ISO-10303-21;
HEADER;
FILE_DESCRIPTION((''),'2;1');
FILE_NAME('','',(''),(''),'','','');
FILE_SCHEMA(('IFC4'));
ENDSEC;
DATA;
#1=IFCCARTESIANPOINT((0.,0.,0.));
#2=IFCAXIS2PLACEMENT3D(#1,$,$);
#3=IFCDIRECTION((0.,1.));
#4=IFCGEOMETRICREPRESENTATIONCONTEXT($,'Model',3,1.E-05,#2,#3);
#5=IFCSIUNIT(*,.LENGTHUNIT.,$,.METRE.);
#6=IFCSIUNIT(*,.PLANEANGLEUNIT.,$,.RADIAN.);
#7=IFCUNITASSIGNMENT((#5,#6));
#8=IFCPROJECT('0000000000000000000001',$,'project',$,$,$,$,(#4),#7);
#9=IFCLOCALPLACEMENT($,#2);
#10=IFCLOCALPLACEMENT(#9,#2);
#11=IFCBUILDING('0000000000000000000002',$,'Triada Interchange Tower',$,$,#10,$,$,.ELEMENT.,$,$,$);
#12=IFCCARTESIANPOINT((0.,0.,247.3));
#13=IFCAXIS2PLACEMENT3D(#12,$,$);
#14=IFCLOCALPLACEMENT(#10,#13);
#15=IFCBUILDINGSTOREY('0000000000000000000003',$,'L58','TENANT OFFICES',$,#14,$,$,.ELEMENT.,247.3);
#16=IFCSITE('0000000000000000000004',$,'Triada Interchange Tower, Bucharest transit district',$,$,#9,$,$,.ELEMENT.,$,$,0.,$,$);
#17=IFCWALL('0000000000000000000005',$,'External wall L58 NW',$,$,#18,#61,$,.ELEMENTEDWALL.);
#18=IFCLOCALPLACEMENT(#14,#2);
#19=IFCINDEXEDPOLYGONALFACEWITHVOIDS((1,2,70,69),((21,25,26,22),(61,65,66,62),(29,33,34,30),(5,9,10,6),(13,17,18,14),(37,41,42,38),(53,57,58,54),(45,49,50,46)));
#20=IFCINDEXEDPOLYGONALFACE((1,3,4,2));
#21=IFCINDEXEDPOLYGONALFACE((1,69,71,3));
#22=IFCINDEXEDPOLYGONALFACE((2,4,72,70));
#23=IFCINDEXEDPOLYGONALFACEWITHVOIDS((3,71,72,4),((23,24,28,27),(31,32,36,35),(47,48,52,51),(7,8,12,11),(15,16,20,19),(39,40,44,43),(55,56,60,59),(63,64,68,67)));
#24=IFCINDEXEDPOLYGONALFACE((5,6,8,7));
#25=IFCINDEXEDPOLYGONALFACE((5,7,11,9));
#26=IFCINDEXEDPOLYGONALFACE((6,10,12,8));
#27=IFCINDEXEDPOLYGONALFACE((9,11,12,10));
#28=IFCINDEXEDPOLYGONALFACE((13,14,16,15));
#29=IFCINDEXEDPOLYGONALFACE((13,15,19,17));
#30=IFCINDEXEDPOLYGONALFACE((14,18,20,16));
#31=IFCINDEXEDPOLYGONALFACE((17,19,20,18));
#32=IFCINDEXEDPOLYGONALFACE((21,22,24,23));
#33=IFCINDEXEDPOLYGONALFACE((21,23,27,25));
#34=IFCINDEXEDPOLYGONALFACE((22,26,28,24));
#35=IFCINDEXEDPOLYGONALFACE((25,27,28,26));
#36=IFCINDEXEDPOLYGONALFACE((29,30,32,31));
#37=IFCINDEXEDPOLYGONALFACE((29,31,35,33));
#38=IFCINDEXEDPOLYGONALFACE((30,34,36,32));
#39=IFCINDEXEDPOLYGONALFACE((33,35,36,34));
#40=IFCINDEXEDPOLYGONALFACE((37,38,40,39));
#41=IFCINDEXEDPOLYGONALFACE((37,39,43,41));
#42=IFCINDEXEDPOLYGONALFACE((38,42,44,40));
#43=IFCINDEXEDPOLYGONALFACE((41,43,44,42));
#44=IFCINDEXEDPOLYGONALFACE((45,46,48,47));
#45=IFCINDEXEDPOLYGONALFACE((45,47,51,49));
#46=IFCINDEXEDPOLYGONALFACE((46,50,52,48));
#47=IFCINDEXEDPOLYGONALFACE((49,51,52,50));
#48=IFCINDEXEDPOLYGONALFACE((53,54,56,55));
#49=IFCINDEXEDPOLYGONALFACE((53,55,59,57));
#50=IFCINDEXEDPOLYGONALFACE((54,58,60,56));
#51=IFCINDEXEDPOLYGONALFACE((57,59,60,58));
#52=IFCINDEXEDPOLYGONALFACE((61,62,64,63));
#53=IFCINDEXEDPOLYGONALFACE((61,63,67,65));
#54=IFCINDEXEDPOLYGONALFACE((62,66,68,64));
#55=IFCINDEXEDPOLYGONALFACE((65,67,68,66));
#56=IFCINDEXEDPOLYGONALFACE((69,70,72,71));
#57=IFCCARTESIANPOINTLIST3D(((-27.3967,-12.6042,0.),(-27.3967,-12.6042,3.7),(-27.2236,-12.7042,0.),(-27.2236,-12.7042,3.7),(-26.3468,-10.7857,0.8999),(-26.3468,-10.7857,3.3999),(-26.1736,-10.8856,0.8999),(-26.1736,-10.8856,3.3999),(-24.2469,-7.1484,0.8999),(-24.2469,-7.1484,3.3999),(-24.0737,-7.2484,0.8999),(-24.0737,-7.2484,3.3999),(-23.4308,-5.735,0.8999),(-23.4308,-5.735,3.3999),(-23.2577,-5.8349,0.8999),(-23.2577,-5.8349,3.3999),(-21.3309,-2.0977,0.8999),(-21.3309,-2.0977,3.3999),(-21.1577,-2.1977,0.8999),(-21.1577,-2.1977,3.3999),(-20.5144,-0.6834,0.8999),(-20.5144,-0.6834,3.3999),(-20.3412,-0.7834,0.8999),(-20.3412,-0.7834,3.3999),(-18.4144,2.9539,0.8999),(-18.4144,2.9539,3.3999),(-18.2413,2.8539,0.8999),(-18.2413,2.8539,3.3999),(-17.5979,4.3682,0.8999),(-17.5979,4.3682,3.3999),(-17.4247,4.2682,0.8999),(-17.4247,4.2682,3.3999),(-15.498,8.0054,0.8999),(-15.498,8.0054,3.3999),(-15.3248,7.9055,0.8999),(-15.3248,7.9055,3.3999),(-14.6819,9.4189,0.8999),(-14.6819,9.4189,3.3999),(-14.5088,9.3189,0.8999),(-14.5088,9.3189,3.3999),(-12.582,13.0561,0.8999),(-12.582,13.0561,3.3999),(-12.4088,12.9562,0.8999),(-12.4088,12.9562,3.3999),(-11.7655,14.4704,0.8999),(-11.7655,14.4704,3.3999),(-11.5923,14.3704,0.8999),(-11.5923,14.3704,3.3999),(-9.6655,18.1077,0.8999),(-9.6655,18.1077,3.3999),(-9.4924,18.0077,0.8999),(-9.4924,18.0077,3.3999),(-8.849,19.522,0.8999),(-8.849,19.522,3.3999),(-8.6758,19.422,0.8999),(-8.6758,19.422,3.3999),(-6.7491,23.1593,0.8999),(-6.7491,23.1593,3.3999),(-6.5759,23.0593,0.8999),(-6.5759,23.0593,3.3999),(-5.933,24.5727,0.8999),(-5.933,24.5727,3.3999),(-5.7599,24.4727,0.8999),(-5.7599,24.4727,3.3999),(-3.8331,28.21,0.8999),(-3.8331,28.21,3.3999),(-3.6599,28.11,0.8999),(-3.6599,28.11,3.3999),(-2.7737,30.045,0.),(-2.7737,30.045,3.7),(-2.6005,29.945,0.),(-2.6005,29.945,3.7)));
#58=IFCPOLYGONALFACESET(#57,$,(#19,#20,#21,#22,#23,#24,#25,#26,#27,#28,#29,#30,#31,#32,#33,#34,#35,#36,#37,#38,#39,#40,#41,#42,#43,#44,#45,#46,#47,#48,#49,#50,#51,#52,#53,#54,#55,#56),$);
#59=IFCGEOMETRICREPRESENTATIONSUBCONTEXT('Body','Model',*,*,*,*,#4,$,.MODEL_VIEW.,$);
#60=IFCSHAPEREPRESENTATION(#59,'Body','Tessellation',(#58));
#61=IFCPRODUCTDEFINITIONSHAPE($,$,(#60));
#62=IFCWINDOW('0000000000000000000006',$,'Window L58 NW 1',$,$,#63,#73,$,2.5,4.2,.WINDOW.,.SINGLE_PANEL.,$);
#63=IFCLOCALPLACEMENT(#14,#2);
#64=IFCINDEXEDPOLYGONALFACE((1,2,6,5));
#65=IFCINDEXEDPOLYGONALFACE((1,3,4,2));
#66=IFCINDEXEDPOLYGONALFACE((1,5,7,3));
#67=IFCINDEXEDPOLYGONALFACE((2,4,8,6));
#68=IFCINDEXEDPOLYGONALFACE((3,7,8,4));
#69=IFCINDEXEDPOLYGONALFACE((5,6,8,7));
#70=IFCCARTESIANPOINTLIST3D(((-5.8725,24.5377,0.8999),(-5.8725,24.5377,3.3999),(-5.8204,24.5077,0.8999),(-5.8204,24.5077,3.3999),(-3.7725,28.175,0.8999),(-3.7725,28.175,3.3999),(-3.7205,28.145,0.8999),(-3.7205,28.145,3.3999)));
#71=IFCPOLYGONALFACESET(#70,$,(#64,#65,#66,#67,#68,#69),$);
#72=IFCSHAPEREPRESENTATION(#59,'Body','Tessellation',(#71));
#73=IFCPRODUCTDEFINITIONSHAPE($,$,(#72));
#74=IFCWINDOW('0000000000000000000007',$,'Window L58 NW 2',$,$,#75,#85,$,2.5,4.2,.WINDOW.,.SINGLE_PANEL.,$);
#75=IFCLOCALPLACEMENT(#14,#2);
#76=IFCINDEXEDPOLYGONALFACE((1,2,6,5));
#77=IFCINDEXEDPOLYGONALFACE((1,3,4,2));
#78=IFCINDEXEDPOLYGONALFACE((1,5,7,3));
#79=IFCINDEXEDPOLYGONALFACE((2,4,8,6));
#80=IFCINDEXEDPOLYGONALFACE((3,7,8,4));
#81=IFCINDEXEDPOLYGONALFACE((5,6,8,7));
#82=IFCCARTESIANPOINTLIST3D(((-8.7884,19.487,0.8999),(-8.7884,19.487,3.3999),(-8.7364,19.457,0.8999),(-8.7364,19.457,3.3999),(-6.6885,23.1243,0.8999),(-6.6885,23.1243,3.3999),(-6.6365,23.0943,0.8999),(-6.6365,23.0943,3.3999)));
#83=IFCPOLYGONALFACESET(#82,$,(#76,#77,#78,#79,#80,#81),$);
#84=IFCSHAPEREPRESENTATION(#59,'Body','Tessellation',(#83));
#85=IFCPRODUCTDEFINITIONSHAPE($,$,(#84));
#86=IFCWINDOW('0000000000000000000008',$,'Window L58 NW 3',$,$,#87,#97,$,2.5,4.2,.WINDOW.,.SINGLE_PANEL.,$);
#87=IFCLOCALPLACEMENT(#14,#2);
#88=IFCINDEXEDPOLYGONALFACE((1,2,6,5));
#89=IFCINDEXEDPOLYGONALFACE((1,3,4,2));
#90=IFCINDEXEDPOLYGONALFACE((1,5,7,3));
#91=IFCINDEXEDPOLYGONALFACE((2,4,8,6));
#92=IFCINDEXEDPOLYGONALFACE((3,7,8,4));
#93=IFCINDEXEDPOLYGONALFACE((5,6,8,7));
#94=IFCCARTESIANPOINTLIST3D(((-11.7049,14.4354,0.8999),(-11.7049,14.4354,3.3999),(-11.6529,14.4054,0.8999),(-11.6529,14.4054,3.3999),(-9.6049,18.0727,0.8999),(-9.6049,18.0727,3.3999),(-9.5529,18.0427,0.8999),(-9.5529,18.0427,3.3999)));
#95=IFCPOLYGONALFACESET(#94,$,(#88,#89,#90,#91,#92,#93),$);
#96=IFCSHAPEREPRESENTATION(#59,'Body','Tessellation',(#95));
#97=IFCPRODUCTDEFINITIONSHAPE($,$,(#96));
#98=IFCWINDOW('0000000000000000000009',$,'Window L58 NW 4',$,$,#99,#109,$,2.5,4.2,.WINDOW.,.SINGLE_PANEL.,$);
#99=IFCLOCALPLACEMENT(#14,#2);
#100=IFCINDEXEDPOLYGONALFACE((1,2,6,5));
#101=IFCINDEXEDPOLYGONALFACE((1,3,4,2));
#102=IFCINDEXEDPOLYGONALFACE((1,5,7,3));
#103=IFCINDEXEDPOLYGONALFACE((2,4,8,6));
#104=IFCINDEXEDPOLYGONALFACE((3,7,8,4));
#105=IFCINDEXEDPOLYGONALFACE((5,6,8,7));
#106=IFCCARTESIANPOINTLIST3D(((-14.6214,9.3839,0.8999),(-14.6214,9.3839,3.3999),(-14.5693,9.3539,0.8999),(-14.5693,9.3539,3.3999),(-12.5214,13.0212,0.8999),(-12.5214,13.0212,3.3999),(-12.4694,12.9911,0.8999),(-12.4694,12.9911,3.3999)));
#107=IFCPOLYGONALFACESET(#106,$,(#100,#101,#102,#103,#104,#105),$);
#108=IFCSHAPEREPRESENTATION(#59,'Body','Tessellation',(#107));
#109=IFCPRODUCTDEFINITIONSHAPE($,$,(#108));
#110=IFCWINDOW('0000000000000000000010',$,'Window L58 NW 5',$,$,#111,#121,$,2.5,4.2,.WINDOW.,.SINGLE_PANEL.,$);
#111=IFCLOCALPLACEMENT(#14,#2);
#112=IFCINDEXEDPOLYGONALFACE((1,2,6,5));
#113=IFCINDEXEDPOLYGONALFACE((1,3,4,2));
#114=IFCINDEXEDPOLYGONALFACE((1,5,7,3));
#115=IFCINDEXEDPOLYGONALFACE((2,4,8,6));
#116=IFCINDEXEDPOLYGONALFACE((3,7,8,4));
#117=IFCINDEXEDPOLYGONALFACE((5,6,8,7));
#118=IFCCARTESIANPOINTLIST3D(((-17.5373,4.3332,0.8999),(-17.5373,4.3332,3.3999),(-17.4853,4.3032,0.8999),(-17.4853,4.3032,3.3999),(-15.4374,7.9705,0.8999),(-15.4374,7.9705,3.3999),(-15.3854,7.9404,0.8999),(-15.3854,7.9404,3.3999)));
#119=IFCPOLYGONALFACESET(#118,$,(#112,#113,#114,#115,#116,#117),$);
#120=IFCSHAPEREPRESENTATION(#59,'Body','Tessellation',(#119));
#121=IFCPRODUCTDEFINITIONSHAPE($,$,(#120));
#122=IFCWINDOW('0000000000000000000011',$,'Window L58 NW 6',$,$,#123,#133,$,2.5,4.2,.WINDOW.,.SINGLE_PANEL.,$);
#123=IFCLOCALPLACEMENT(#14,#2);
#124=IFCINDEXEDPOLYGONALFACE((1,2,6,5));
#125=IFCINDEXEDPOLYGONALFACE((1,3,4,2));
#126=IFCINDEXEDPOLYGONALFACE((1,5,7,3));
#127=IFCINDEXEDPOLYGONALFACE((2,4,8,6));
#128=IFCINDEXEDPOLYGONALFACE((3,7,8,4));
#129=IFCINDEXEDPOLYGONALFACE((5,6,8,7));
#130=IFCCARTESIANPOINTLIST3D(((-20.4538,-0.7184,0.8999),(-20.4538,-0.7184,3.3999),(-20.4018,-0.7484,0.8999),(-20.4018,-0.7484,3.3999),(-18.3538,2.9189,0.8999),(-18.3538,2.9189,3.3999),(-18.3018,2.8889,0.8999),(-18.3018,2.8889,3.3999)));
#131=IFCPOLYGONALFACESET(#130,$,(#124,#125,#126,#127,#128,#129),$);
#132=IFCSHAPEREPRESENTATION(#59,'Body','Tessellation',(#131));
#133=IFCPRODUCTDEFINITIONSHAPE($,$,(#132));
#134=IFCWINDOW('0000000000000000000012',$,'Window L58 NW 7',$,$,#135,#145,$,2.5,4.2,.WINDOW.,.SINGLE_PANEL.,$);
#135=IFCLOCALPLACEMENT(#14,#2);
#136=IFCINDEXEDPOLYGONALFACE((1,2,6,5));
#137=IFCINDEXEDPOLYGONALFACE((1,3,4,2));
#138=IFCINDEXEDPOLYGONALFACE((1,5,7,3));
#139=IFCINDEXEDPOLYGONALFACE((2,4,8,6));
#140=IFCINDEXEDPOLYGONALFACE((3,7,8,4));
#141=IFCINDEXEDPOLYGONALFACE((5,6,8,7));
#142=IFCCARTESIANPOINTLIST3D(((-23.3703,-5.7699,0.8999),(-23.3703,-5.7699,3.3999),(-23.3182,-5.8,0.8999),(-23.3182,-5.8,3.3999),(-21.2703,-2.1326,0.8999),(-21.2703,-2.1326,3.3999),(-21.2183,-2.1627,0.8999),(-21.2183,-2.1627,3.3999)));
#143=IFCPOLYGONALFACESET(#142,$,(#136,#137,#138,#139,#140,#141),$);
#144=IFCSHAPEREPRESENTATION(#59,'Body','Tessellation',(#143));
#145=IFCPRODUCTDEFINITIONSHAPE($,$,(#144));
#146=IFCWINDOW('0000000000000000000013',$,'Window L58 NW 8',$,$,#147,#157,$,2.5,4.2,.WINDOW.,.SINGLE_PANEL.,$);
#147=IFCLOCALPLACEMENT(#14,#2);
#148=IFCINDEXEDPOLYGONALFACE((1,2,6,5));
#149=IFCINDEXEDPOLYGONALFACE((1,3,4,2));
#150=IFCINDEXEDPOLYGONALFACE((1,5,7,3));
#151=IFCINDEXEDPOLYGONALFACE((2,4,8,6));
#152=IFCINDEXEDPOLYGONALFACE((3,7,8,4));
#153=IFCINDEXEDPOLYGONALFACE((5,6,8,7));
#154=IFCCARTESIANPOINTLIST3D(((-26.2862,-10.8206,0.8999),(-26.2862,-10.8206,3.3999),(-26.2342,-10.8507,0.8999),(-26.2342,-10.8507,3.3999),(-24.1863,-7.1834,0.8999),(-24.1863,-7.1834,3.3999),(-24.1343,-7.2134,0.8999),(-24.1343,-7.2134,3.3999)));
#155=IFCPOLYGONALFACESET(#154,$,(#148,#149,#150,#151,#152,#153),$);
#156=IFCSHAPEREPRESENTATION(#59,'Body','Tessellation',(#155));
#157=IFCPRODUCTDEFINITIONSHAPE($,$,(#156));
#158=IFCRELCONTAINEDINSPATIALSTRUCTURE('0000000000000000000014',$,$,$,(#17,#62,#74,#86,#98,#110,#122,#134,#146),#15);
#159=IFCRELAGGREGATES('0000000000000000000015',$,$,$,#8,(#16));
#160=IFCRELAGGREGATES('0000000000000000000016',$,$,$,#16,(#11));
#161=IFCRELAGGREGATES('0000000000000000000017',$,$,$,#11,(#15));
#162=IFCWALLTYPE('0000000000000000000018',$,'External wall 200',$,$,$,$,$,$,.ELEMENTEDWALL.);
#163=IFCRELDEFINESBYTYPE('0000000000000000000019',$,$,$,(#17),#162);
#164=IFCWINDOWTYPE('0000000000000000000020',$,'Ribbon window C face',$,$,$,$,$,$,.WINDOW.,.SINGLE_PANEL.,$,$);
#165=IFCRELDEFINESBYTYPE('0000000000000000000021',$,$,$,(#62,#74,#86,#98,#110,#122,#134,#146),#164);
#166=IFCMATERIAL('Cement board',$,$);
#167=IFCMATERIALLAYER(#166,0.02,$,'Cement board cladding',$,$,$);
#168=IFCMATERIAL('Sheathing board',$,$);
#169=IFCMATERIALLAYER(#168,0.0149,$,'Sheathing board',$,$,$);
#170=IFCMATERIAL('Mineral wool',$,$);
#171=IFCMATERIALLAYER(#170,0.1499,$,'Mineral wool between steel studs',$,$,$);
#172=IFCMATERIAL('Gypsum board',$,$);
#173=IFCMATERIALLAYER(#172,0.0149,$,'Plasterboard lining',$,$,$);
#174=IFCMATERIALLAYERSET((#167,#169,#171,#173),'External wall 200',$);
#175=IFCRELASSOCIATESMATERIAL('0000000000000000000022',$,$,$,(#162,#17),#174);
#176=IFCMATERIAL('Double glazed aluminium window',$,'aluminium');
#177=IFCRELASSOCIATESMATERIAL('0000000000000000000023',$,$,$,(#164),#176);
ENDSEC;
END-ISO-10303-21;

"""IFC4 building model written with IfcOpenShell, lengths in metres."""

from ifc_helpers import new_model, si_unit, direction, frame, frame_2d, origin, place, context, subcontext, project, spatial, rectangle, extrude, material, layer, layer_set, layer_usage, type_object, element, fill, save


model = new_model("IFC4")

# Units and contexts
model_context = context("Model", 3, precision=1e-05, world=origin(), true_north=direction((0.0, 1.0)))
body_context = subcontext(model_context, "Body", "Model", "MODEL_VIEW")
ifc_project = project(units=[si_unit("LENGTHUNIT", "METRE"), si_unit("PLANEANGLEUNIT", "RADIAN")], contexts=[model_context])

# Site, building, storey
site_placement = place(None, origin())
site = spatial("IfcSite", under=ifc_project, at=site_placement, Name="Triada Interchange Tower, Bucharest transit district", CompositionType="ELEMENT", RefElevation=0.0)
building_placement = place(site_placement, origin())
building = spatial("IfcBuilding", under=site, at=building_placement, Name="Triada Interchange Tower", CompositionType="ELEMENT")
storey_placement = place(building_placement, frame((0.0, 0.0, 247.3)))
storey = spatial("IfcBuildingStorey", under=building, at=storey_placement, Name="L58", Description="TENANT OFFICES", CompositionType="ELEMENT", Elevation=247.3)

# Wall, openings, windows
ifc_material_1 = material(Name="Cement board")
ifc_layer_1 = layer(ifc_material_1, 0.02, Name="Cement board cladding")
ifc_material_2 = material(Name="Sheathing board")
ifc_layer_2 = layer(ifc_material_2, 0.0149, Name="Sheathing board")
ifc_material_3 = material(Name="Mineral wool")
ifc_layer_3 = layer(ifc_material_3, 0.1499, Name="Mineral wool between steel studs")
ifc_material_4 = material(Name="Gypsum board")
ifc_layer_4 = layer(ifc_material_4, 0.0149, Name="Plasterboard lining")
ifc_layer_set_1 = layer_set([ifc_layer_1, ifc_layer_2, ifc_layer_3, ifc_layer_4], Name="External wall 200")
ifc_layer_usage = layer_usage(ifc_layer_set_1, "AXIS2", "POSITIVE", -0.1001)
wall_type_1 = type_object("IfcWallType", Name="External wall 200", PredefinedType="ELEMENTEDWALL", material=ifc_layer_set_1)
wall_1_placement = place(storey_placement, frame((-2.687, 29.9951, 0.0), z_axis=(0.0, 0.0, 1.0), x_axis=(-0.499993, -0.866029, 0.0)))
wall_1 = element("IfcWall", 1, at=wall_1_placement, inside=storey, type_object=wall_type_1, material=ifc_layer_usage, Name="External wall L58 NW", PredefinedType="ELEMENTEDWALL", context=body_context, shape_type="SweptSolid", body=[
    extrude(rectangle(XDim=49.2468, YDim=0.2, at=frame_2d((24.6235, 0.0))), origin(), (0.0, 0.0, 1.0), 3.7),
])
opening_1_placement = place(wall_1_placement, frame((2.1189, 0.0, 0.8999)))
opening_1 = element("IfcOpeningElement", 2, at=opening_1_placement, cuts=wall_1, PredefinedType="OPENING", context=body_context, shape_type="SweptSolid", body=[
    extrude(rectangle(XDim=4.2, YDim=2.5, at=frame_2d((2.1001, 1.25))), frame((0.0, 0.1099, 0.0), z_axis=(0.0, -1.0, 0.0), x_axis=(1.0, 0.0, 0.0)), (0.0, 0.0, 1.0), 0.22),
])
opening_2_placement = place(wall_1_placement, frame((7.9509, 0.0, 0.8999)))
opening_2 = element("IfcOpeningElement", 3, at=opening_2_placement, cuts=wall_1, PredefinedType="OPENING", context=body_context, shape_type="SweptSolid", body=[
    extrude(rectangle(XDim=4.2, YDim=2.5, at=frame_2d((2.1001, 1.25))), frame((0.0, 0.1099, 0.0), z_axis=(0.0, -1.0, 0.0), x_axis=(1.0, 0.0, 0.0)), (0.0, 0.0, 1.0), 0.22),
])
opening_3_placement = place(wall_1_placement, frame((13.7839, 0.0, 0.8999)))
opening_3 = element("IfcOpeningElement", 4, at=opening_3_placement, cuts=wall_1, PredefinedType="OPENING", context=body_context, shape_type="SweptSolid", body=[
    extrude(rectangle(XDim=4.2, YDim=2.5, at=frame_2d((2.1001, 1.25))), frame((0.0, 0.1099, 0.0), z_axis=(0.0, -1.0, 0.0), x_axis=(1.0, 0.0, 0.0)), (0.0, 0.0, 1.0), 0.22),
])
opening_4_placement = place(wall_1_placement, frame((19.6169, 0.0, 0.8999)))
opening_4 = element("IfcOpeningElement", 5, at=opening_4_placement, cuts=wall_1, PredefinedType="OPENING", context=body_context, shape_type="SweptSolid", body=[
    extrude(rectangle(XDim=4.2, YDim=2.5, at=frame_2d((2.1001, 1.25))), frame((0.0, 0.1099, 0.0), z_axis=(0.0, -1.0, 0.0), x_axis=(1.0, 0.0, 0.0)), (0.0, 0.0, 1.0), 0.22),
])
opening_5_placement = place(wall_1_placement, frame((25.449, 0.0, 0.8999)))
opening_5 = element("IfcOpeningElement", 6, at=opening_5_placement, cuts=wall_1, PredefinedType="OPENING", context=body_context, shape_type="SweptSolid", body=[
    extrude(rectangle(XDim=4.2, YDim=2.5, at=frame_2d((2.1001, 1.25))), frame((0.0, 0.1099, 0.0), z_axis=(0.0, -1.0, 0.0), x_axis=(1.0, 0.0, 0.0)), (0.0, 0.0, 1.0), 0.22),
])
opening_6_placement = place(wall_1_placement, frame((31.282, 0.0, 0.8999)))
opening_6 = element("IfcOpeningElement", 7, at=opening_6_placement, cuts=wall_1, PredefinedType="OPENING", context=body_context, shape_type="SweptSolid", body=[
    extrude(rectangle(XDim=4.2, YDim=2.5, at=frame_2d((2.1001, 1.25))), frame((0.0, 0.1099, 0.0), z_axis=(0.0, -1.0, 0.0), x_axis=(1.0, 0.0, 0.0)), (0.0, 0.0, 1.0), 0.22),
])
opening_7_placement = place(wall_1_placement, frame((37.115, 0.0, 0.8999)))
opening_7 = element("IfcOpeningElement", 8, at=opening_7_placement, cuts=wall_1, PredefinedType="OPENING", context=body_context, shape_type="SweptSolid", body=[
    extrude(rectangle(XDim=4.2, YDim=2.5, at=frame_2d((2.1001, 1.25))), frame((0.0, 0.1099, 0.0), z_axis=(0.0, -1.0, 0.0), x_axis=(1.0, 0.0, 0.0)), (0.0, 0.0, 1.0), 0.22),
])
opening_8_placement = place(wall_1_placement, frame((42.947, 0.0, 0.8999)))
opening_8 = element("IfcOpeningElement", 9, at=opening_8_placement, cuts=wall_1, PredefinedType="OPENING", context=body_context, shape_type="SweptSolid", body=[
    extrude(rectangle(XDim=4.2, YDim=2.5, at=frame_2d((2.1001, 1.25))), frame((0.0, 0.1099, 0.0), z_axis=(0.0, -1.0, 0.0), x_axis=(1.0, 0.0, 0.0)), (0.0, 0.0, 1.0), 0.22),
])
ifc_material_5 = material(Name="Double glazed aluminium window", Category="aluminium")
window_type = type_object("IfcWindowType", Name="Ribbon window C face", PartitioningType="SINGLE_PANEL", PredefinedType="WINDOW", material=ifc_material_5)
window_1_placement = place(opening_1_placement, origin())
window_1 = element("IfcWindow", 10, at=window_1_placement, inside=storey, type_object=window_type, Name="Window L58 NW 1", OverallHeight=2.5, OverallWidth=4.2, PartitioningType="SINGLE_PANEL", PredefinedType="WINDOW", context=body_context, shape_type="SweptSolid", body=[
    extrude(rectangle(XDim=4.2, YDim=2.5, at=frame_2d((2.1001, 1.25))), frame((0.0, 0.03, 0.0), z_axis=(0.0, -1.0, 0.0), x_axis=(1.0, 0.0, 0.0)), (0.0, 0.0, 1.0), 0.0601),
])
fill(opening_1, window_1)
window_2_placement = place(opening_2_placement, origin())
window_2 = element("IfcWindow", 11, at=window_2_placement, inside=storey, type_object=window_type, Name="Window L58 NW 2", OverallHeight=2.5, OverallWidth=4.2, PartitioningType="SINGLE_PANEL", PredefinedType="WINDOW", context=body_context, shape_type="SweptSolid", body=[
    extrude(rectangle(XDim=4.2, YDim=2.5, at=frame_2d((2.1001, 1.25))), frame((0.0, 0.03, 0.0), z_axis=(0.0, -1.0, 0.0), x_axis=(1.0, 0.0, 0.0)), (0.0, 0.0, 1.0), 0.0601),
])
fill(opening_2, window_2)
window_3_placement = place(opening_3_placement, origin())
window_3 = element("IfcWindow", 12, at=window_3_placement, inside=storey, type_object=window_type, Name="Window L58 NW 3", OverallHeight=2.5, OverallWidth=4.2, PartitioningType="SINGLE_PANEL", PredefinedType="WINDOW", context=body_context, shape_type="SweptSolid", body=[
    extrude(rectangle(XDim=4.2, YDim=2.5, at=frame_2d((2.1001, 1.25))), frame((0.0, 0.03, 0.0), z_axis=(0.0, -1.0, 0.0), x_axis=(1.0, 0.0, 0.0)), (0.0, 0.0, 1.0), 0.0601),
])
fill(opening_3, window_3)
window_4_placement = place(opening_4_placement, origin())
window_4 = element("IfcWindow", 13, at=window_4_placement, inside=storey, type_object=window_type, Name="Window L58 NW 4", OverallHeight=2.5, OverallWidth=4.2, PartitioningType="SINGLE_PANEL", PredefinedType="WINDOW", context=body_context, shape_type="SweptSolid", body=[
    extrude(rectangle(XDim=4.2, YDim=2.5, at=frame_2d((2.1001, 1.25))), frame((0.0, 0.03, 0.0), z_axis=(0.0, -1.0, 0.0), x_axis=(1.0, 0.0, 0.0)), (0.0, 0.0, 1.0), 0.0601),
])
fill(opening_4, window_4)
window_5_placement = place(opening_5_placement, origin())
window_5 = element("IfcWindow", 14, at=window_5_placement, inside=storey, type_object=window_type, Name="Window L58 NW 5", OverallHeight=2.5, OverallWidth=4.2, PartitioningType="SINGLE_PANEL", PredefinedType="WINDOW", context=body_context, shape_type="SweptSolid", body=[
    extrude(rectangle(XDim=4.2, YDim=2.5, at=frame_2d((2.1001, 1.25))), frame((0.0, 0.03, 0.0), z_axis=(0.0, -1.0, 0.0), x_axis=(1.0, 0.0, 0.0)), (0.0, 0.0, 1.0), 0.0601),
])
fill(opening_5, window_5)
window_6_placement = place(opening_6_placement, origin())
window_6 = element("IfcWindow", 15, at=window_6_placement, inside=storey, type_object=window_type, Name="Window L58 NW 6", OverallHeight=2.5, OverallWidth=4.2, PartitioningType="SINGLE_PANEL", PredefinedType="WINDOW", context=body_context, shape_type="SweptSolid", body=[
    extrude(rectangle(XDim=4.2, YDim=2.5, at=frame_2d((2.1001, 1.25))), frame((0.0, 0.03, 0.0), z_axis=(0.0, -1.0, 0.0), x_axis=(1.0, 0.0, 0.0)), (0.0, 0.0, 1.0), 0.0601),
])
fill(opening_6, window_6)
window_7_placement = place(opening_7_placement, origin())
window_7 = element("IfcWindow", 16, at=window_7_placement, inside=storey, type_object=window_type, Name="Window L58 NW 7", OverallHeight=2.5, OverallWidth=4.2, PartitioningType="SINGLE_PANEL", PredefinedType="WINDOW", context=body_context, shape_type="SweptSolid", body=[
    extrude(rectangle(XDim=4.2, YDim=2.5, at=frame_2d((2.1001, 1.25))), frame((0.0, 0.03, 0.0), z_axis=(0.0, -1.0, 0.0), x_axis=(1.0, 0.0, 0.0)), (0.0, 0.0, 1.0), 0.0601),
])
fill(opening_7, window_7)
window_8_placement = place(opening_8_placement, origin())
window_8 = element("IfcWindow", 17, at=window_8_placement, inside=storey, type_object=window_type, Name="Window L58 NW 8", OverallHeight=2.5, OverallWidth=4.2, PartitioningType="SINGLE_PANEL", PredefinedType="WINDOW", context=body_context, shape_type="SweptSolid", body=[
    extrude(rectangle(XDim=4.2, YDim=2.5, at=frame_2d((2.1001, 1.25))), frame((0.0, 0.03, 0.0), z_axis=(0.0, -1.0, 0.0), x_axis=(1.0, 0.0, 0.0)), (0.0, 0.0, 1.0), 0.0601),
])
fill(opening_8, window_8)

save(model, "model.ifc")
